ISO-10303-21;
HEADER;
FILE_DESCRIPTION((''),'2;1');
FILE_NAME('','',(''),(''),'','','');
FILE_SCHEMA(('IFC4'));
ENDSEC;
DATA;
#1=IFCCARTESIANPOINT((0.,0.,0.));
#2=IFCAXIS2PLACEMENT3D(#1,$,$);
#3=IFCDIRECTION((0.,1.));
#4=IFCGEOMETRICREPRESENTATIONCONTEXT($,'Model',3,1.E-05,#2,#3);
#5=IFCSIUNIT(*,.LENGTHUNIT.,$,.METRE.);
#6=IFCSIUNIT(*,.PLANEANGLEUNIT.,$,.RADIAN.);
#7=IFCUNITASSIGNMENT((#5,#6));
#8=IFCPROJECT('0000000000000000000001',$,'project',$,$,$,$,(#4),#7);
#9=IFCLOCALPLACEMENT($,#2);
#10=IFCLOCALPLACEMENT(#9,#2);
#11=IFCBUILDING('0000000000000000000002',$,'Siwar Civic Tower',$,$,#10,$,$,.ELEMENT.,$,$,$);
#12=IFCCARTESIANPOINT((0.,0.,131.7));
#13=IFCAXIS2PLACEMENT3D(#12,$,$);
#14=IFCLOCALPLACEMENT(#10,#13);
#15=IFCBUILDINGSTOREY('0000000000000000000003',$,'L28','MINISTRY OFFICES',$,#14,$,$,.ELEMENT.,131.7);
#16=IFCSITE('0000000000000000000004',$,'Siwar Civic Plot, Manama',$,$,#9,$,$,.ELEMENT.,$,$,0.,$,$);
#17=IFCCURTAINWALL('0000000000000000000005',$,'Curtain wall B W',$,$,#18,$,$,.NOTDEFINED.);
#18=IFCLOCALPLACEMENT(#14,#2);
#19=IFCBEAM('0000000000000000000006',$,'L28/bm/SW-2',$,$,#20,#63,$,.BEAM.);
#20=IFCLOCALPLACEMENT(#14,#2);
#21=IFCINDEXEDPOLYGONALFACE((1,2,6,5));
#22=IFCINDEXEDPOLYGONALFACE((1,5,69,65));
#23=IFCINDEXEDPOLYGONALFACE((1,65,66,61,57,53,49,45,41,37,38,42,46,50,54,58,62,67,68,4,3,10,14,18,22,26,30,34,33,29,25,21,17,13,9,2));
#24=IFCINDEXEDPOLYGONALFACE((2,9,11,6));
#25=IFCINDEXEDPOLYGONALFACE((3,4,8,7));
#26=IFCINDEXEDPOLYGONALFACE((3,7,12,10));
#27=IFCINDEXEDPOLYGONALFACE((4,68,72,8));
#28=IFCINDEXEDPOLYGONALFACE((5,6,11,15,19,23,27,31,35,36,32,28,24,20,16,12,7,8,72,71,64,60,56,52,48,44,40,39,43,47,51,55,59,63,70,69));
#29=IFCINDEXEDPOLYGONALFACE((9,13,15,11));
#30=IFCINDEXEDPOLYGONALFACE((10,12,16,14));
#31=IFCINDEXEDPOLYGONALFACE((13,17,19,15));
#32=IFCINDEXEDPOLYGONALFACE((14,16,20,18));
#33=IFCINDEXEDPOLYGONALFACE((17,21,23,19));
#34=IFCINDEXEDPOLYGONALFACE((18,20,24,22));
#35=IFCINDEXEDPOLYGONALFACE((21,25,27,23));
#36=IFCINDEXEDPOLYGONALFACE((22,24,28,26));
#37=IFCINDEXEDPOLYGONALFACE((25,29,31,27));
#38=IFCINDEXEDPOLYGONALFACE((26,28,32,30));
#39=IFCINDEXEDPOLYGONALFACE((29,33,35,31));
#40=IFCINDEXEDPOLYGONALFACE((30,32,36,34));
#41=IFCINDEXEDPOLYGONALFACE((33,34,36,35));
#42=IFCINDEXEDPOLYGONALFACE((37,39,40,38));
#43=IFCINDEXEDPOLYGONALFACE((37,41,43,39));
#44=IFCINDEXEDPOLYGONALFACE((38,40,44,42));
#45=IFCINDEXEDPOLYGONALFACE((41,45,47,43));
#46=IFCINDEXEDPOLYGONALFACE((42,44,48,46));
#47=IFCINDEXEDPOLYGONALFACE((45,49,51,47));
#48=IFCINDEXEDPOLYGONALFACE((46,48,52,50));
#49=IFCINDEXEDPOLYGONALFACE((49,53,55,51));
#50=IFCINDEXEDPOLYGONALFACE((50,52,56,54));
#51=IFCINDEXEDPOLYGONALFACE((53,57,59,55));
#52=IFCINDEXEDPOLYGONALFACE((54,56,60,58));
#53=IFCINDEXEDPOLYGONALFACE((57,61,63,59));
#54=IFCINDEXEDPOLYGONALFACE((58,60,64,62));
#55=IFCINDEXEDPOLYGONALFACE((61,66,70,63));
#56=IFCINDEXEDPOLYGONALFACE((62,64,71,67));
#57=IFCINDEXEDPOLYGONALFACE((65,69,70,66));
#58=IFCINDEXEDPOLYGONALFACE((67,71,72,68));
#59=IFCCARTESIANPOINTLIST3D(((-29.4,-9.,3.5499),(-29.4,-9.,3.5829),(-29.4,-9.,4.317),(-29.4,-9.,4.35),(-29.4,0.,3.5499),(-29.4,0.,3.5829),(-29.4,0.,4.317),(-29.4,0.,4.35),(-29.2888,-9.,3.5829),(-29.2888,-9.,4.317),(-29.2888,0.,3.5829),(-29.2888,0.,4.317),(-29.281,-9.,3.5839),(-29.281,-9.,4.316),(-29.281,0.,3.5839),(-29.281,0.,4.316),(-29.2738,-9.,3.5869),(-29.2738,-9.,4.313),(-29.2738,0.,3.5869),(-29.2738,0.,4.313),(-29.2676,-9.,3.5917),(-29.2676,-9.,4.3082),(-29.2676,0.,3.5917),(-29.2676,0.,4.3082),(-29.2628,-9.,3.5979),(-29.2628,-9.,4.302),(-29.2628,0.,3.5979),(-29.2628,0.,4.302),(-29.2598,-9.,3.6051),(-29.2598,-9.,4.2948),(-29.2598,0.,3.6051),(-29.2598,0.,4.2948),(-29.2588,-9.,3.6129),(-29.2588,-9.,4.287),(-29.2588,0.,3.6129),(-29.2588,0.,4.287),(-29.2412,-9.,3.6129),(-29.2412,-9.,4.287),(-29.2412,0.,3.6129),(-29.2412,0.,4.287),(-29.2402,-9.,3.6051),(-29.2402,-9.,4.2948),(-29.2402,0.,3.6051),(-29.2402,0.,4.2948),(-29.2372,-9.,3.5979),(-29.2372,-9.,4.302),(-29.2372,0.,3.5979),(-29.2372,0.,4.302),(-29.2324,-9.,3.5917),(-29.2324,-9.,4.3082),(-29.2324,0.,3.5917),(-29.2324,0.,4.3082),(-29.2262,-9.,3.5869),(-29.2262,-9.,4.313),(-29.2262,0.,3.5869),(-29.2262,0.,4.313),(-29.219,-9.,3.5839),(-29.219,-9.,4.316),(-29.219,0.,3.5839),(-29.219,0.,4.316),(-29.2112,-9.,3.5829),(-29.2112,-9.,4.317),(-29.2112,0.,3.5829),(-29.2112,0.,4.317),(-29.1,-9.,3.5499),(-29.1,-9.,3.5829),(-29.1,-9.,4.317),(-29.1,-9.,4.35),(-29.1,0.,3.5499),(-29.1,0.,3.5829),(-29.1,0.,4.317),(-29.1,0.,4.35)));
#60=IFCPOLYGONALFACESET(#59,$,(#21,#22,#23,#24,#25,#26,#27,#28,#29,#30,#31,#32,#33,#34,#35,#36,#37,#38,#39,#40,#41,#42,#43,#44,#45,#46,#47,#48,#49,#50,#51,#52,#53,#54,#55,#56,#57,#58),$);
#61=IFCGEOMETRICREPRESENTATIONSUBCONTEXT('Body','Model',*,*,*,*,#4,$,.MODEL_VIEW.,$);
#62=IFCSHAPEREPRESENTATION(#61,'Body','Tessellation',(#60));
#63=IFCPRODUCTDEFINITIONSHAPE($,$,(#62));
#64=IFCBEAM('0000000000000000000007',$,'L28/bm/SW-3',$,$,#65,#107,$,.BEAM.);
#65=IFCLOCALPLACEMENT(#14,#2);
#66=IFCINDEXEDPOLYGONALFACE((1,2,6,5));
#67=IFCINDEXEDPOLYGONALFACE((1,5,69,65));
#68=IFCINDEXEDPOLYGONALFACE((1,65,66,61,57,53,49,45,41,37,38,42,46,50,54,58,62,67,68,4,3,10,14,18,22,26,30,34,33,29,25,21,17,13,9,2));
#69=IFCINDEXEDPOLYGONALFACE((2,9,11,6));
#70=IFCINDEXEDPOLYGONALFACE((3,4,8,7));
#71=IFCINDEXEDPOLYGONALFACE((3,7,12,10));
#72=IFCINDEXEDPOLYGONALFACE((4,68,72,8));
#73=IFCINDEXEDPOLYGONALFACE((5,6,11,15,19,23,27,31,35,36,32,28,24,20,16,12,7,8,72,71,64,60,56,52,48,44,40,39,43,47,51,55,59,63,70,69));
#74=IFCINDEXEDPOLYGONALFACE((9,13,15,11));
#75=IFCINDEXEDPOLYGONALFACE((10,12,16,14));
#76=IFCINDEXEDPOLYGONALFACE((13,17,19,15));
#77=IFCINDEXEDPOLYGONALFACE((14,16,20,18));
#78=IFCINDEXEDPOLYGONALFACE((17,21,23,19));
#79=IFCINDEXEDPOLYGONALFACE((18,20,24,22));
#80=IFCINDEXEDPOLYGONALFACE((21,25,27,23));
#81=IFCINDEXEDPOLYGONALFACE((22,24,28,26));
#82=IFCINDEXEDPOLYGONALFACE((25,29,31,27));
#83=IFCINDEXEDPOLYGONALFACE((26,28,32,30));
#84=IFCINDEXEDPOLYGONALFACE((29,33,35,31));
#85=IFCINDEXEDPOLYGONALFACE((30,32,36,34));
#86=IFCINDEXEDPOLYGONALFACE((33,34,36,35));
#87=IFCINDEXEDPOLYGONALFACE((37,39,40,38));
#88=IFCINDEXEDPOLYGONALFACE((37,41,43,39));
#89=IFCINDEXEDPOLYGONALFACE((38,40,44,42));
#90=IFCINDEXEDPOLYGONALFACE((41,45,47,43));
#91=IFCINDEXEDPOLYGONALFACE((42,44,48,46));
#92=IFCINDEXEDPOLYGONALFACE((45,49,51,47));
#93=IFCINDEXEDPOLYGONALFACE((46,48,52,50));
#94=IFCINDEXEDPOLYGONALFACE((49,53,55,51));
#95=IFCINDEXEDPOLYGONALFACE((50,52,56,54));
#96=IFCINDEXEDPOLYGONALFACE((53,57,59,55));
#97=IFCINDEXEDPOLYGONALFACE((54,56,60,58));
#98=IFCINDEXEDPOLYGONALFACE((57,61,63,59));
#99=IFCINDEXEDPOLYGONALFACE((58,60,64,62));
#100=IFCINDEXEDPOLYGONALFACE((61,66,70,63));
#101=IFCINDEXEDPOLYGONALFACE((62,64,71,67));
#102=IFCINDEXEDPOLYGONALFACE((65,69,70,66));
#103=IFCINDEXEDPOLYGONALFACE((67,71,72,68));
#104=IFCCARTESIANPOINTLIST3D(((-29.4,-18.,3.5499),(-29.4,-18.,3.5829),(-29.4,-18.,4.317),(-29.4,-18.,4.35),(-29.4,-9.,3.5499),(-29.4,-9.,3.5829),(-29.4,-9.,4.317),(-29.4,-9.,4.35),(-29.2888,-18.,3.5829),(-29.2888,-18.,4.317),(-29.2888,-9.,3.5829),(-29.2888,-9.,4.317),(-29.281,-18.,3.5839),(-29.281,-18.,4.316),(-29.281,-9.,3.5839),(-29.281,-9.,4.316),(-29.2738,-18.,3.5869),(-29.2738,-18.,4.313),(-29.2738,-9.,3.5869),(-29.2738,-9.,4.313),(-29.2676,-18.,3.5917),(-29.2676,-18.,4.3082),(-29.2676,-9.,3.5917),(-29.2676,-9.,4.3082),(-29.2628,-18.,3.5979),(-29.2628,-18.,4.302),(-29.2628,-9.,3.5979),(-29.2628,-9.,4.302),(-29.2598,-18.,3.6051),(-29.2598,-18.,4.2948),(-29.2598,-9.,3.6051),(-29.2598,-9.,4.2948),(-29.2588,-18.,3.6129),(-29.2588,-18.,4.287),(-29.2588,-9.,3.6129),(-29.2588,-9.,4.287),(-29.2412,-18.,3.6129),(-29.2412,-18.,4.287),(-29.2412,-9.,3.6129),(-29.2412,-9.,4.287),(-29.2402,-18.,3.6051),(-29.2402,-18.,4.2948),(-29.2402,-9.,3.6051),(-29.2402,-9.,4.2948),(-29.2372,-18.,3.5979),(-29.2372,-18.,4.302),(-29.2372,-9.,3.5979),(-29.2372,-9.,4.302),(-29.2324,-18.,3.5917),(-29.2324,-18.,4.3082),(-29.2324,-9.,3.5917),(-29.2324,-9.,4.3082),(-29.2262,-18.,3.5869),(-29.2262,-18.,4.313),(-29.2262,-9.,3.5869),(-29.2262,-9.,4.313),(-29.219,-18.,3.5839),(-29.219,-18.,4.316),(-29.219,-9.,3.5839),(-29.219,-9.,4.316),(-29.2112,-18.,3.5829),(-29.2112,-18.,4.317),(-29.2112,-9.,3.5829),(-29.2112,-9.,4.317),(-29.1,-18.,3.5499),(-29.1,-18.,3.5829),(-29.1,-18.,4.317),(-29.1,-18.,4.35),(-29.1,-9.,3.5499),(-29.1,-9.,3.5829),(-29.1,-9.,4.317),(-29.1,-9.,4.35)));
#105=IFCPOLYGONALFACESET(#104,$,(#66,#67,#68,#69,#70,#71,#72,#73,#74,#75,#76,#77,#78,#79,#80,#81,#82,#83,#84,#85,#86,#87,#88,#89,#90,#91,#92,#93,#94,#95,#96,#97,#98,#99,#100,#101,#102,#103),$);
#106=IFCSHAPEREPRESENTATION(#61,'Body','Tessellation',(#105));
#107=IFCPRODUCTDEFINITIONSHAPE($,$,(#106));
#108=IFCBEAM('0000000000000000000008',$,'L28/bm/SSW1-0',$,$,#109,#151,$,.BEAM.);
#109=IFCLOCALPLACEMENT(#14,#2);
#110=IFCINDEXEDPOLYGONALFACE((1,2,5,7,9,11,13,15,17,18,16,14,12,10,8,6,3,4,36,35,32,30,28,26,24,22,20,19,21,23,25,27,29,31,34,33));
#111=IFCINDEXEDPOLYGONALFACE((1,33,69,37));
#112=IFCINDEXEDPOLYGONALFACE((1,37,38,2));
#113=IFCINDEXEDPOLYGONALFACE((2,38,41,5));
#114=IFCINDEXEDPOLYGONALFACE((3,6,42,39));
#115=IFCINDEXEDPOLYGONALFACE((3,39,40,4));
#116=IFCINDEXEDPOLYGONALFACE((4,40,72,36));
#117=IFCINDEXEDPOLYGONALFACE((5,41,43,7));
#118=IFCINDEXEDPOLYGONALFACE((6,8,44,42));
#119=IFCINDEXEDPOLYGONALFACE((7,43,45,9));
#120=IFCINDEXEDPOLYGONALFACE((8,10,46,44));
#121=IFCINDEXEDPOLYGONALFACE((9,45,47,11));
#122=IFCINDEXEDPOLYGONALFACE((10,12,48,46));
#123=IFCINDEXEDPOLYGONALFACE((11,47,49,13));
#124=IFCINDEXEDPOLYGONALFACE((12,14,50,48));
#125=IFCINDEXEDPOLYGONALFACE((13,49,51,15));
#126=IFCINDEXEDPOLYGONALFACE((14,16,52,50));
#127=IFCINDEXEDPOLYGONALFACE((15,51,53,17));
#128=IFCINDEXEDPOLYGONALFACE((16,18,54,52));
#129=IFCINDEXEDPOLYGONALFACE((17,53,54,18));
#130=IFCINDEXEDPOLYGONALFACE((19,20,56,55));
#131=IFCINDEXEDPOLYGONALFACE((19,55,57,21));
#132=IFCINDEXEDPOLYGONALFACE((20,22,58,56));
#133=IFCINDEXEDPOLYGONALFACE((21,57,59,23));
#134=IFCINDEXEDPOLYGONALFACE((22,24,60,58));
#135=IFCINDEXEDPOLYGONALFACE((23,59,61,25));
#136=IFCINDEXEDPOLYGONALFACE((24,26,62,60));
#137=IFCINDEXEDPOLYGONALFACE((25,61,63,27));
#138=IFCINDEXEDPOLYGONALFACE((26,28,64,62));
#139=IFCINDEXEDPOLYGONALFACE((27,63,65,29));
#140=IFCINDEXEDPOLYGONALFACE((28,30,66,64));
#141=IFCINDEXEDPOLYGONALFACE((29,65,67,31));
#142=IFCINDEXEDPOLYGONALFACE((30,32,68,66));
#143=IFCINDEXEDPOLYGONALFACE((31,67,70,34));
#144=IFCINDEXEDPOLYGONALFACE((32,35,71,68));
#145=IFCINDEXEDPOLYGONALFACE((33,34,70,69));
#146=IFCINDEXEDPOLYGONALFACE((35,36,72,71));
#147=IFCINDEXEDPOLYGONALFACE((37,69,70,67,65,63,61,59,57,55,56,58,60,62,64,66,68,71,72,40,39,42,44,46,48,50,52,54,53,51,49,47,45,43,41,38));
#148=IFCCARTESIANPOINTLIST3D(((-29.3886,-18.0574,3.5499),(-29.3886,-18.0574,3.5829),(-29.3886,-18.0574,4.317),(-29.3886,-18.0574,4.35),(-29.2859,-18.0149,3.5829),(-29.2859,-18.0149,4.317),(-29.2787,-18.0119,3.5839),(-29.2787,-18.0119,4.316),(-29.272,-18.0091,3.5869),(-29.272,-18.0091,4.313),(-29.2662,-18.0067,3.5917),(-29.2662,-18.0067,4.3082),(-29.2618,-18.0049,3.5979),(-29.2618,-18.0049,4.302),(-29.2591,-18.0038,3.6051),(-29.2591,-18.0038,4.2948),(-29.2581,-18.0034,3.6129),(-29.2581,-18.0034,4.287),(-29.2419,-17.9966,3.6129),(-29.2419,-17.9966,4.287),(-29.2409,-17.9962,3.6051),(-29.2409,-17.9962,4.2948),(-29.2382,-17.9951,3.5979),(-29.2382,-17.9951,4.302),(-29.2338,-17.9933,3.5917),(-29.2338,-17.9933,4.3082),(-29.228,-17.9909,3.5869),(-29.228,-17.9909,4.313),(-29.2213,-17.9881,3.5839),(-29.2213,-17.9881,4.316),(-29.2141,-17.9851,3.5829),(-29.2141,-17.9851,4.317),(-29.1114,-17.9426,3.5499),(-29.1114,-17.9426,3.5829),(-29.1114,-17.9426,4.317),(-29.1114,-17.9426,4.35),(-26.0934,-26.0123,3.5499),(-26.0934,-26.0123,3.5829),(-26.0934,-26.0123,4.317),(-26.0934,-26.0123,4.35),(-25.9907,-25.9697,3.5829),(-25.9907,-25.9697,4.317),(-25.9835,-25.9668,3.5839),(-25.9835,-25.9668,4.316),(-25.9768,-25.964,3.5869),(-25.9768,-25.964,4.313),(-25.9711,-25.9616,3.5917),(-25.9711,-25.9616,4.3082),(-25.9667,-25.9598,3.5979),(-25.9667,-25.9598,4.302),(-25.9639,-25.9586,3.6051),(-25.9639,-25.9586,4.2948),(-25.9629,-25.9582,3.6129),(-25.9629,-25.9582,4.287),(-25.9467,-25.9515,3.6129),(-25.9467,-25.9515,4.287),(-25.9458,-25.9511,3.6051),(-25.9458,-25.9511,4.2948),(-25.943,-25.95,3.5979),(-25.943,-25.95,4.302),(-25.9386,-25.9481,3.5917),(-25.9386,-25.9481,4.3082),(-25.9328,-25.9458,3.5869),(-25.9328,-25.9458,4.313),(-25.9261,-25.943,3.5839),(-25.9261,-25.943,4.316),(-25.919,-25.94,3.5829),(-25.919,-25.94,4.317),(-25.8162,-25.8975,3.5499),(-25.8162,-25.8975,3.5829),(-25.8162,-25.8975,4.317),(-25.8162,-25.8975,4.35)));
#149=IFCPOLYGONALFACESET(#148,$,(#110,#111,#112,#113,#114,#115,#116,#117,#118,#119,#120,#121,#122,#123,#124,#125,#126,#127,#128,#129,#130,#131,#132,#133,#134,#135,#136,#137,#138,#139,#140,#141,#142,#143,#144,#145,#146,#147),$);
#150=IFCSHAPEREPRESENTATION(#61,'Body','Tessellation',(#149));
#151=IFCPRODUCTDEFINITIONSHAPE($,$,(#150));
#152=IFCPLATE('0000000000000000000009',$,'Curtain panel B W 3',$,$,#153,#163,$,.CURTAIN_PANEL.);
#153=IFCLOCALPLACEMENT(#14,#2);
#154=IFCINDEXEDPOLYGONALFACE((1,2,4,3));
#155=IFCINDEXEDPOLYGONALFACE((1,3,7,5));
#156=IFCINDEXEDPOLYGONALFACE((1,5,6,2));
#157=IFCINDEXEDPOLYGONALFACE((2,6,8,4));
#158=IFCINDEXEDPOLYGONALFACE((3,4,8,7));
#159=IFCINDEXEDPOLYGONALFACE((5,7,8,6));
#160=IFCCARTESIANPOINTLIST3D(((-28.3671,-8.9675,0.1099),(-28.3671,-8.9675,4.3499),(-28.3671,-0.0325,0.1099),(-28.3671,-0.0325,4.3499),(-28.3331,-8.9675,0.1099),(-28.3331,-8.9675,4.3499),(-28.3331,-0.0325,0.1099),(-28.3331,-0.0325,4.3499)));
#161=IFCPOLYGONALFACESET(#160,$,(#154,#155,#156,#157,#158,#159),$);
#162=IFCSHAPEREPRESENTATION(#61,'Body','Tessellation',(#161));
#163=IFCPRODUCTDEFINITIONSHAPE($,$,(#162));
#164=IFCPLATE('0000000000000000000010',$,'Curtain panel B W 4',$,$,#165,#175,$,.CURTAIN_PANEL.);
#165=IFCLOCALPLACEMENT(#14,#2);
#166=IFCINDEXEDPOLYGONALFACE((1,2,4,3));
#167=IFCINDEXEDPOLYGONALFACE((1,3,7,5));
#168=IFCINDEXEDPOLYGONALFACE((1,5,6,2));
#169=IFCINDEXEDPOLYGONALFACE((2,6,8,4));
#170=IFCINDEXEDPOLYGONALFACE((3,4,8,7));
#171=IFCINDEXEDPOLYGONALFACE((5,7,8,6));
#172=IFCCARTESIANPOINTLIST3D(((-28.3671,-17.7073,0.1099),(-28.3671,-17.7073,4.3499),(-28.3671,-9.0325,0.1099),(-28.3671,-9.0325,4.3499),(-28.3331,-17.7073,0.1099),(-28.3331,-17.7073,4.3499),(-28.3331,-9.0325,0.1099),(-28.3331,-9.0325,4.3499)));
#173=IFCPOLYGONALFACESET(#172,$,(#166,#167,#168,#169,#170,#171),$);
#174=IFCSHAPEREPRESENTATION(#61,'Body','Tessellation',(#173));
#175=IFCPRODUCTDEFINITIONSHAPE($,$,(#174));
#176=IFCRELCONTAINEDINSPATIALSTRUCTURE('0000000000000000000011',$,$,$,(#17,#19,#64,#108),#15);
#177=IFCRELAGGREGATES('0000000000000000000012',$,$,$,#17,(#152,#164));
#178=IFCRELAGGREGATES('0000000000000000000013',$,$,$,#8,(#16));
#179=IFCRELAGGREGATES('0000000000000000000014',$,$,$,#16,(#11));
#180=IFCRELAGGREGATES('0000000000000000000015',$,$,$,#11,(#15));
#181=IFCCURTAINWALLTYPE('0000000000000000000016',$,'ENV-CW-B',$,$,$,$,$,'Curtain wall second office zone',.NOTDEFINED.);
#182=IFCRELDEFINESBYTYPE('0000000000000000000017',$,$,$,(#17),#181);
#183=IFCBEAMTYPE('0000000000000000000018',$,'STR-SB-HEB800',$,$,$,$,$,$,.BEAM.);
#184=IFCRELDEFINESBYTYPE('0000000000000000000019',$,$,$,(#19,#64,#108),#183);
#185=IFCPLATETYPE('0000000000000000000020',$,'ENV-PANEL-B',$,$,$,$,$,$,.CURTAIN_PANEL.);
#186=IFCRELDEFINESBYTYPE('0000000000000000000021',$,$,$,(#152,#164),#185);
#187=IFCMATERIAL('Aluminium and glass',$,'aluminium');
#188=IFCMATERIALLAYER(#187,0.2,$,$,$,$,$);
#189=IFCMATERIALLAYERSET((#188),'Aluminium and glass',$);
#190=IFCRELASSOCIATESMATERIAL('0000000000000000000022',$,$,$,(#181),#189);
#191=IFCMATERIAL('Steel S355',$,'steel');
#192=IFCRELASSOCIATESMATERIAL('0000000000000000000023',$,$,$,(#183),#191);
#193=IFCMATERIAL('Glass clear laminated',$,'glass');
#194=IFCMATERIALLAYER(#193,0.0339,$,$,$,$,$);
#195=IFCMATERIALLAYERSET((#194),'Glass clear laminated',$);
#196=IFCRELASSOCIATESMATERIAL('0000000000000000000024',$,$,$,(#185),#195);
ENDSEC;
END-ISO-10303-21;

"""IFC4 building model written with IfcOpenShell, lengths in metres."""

from ifc_helpers import new_model, si_unit, direction, frame, origin, origin_2d, place, context, subcontext, project, spatial, rectangle, i_section, extrude, material, layer, layer_set, material_profile, profile_set, type_object, element, aggregate, save


model = new_model("IFC4")

# Units and contexts
model_context = context("Model", 3, precision=1e-05, world=origin(), true_north=direction((0.0, 1.0)))
body_context = subcontext(model_context, "Body", "Model", "MODEL_VIEW")
ifc_project = project(units=[si_unit("LENGTHUNIT", "METRE"), si_unit("PLANEANGLEUNIT", "RADIAN")], contexts=[model_context])

# Site, building, storey
site_placement = place(None, origin())
site = spatial("IfcSite", under=ifc_project, at=site_placement, Name="Siwar Civic Plot, Manama", CompositionType="ELEMENT", RefElevation=0.0)
building_placement = place(site_placement, origin())
building = spatial("IfcBuilding", under=site, at=building_placement, Name="Siwar Civic Tower", CompositionType="ELEMENT")
storey_placement = place(building_placement, frame((0.0, 0.0, 131.7)))
storey = spatial("IfcBuildingStorey", under=building, at=storey_placement, Name="L28", Description="MINISTRY OFFICES", CompositionType="ELEMENT", Elevation=131.7)

# Curtain wall
ifc_material_1 = material(Name="Aluminium and glass", Category="aluminium")
ifc_layer_1 = layer(ifc_material_1, 0.2)
ifc_layer_set_1 = layer_set([ifc_layer_1], Name="Aluminium and glass")
curtain_wall_type_1 = type_object("IfcCurtainWallType", Name="ENV-CW-B", ElementType="Curtain wall second office zone", PredefinedType="NOTDEFINED", material=ifc_layer_set_1)
curtain_wall_1_placement = place(storey_placement, origin())
curtain_wall_1 = element("IfcCurtainWall", 1, at=curtain_wall_1_placement, inside=storey, type_object=curtain_wall_type_1, Name="Curtain wall B W", PredefinedType="NOTDEFINED")

# Beams
ifc_material_2 = material(Name="Steel S355", Category="steel")
ifc_material_profile_1 = material_profile(ifc_material_2, i_section(OverallWidth=0.3, OverallDepth=0.8, WebThickness=0.0176, FlangeThickness=0.033, FilletRadius=0.03, at=origin_2d()), Name="HEB800")
ifc_profile_set_1 = profile_set([ifc_material_profile_1], Name="Steel S355")
beam_type_1 = type_object("IfcBeamType", Name="STR-SB-HEB800", PredefinedType="BEAM", material=ifc_profile_set_1)
for number, where, z_axis, x_axis, name in (
    (2, (-29.25, 0.0, 3.95), (0.0, -1.0, 0.0), (1.0, 0.0, 0.0), "L28/bm/SW-2"),
    (3, (-29.25, -9.0, 3.95), (0.0, -1.0, 0.0), (1.0, 0.0, 0.0), "L28/bm/SW-3"),
):
    element("IfcBeam", number, at=place(storey_placement, frame(where, z_axis=z_axis, x_axis=x_axis)), inside=storey, type_object=beam_type_1, Name=name, PredefinedType="BEAM", context=body_context, shape_type="SweptSolid", body=[
        extrude(i_section(OverallWidth=0.3, OverallDepth=0.8, WebThickness=0.0176, FlangeThickness=0.033, FilletRadius=0.03, at=origin_2d()), origin(), (0.0, 0.0, 1.0), 9.0),
    ])
beam_1_placement = place(storey_placement, frame((-29.25, -18.0, 3.95), z_axis=(0.3827, -0.923873, 0.0), x_axis=(0.923873, 0.3827, 0.0)))
element("IfcBeam", 4, at=beam_1_placement, inside=storey, type_object=beam_type_1, Name="L28/bm/SSW1-0", PredefinedType="BEAM", context=body_context, shape_type="SweptSolid", body=[
    extrude(i_section(OverallWidth=0.3, OverallDepth=0.8, WebThickness=0.0176, FlangeThickness=0.033, FilletRadius=0.03, at=origin_2d()), origin(), (0.0, 0.0, 1.0), 8.6104),
])

# Plates
ifc_material_3 = material(Name="Glass clear laminated", Category="glass")
ifc_layer_2 = layer(ifc_material_3, 0.0339)
ifc_layer_set_2 = layer_set([ifc_layer_2], Name="Glass clear laminated")
plate_type = type_object("IfcPlateType", Name="ENV-PANEL-B", PredefinedType="CURTAIN_PANEL", material=ifc_layer_set_2)
plate_1_placement = place(storey_placement, frame((-28.3501, -4.5, 0.1099), z_axis=(0.0, 0.0, 1.0), x_axis=(0.0, -1.0, 0.0)))
plate_1 = element("IfcPlate", 5, at=plate_1_placement, type_object=plate_type, Name="Curtain panel B W 3", PredefinedType="CURTAIN_PANEL", context=body_context, shape_type="SweptSolid", body=[
    extrude(rectangle(XDim=8.9351, YDim=0.0339, at=origin_2d()), origin(), (0.0, 0.0, 1.0), 4.24),
])
plate_2_placement = place(storey_placement, frame((-28.3501, -13.3699, 0.1099), z_axis=(0.0, 0.0, 1.0), x_axis=(0.0, -1.0, 0.0)))
plate_2 = element("IfcPlate", 6, at=plate_2_placement, type_object=plate_type, Name="Curtain panel B W 4", PredefinedType="CURTAIN_PANEL", context=body_context, shape_type="SweptSolid", body=[
    extrude(rectangle(XDim=8.6748, YDim=0.0339, at=origin_2d()), origin(), (0.0, 0.0, 1.0), 4.24),
])
aggregate(curtain_wall_1, [plate_1, plate_2])

save(model, "model.ifc")
